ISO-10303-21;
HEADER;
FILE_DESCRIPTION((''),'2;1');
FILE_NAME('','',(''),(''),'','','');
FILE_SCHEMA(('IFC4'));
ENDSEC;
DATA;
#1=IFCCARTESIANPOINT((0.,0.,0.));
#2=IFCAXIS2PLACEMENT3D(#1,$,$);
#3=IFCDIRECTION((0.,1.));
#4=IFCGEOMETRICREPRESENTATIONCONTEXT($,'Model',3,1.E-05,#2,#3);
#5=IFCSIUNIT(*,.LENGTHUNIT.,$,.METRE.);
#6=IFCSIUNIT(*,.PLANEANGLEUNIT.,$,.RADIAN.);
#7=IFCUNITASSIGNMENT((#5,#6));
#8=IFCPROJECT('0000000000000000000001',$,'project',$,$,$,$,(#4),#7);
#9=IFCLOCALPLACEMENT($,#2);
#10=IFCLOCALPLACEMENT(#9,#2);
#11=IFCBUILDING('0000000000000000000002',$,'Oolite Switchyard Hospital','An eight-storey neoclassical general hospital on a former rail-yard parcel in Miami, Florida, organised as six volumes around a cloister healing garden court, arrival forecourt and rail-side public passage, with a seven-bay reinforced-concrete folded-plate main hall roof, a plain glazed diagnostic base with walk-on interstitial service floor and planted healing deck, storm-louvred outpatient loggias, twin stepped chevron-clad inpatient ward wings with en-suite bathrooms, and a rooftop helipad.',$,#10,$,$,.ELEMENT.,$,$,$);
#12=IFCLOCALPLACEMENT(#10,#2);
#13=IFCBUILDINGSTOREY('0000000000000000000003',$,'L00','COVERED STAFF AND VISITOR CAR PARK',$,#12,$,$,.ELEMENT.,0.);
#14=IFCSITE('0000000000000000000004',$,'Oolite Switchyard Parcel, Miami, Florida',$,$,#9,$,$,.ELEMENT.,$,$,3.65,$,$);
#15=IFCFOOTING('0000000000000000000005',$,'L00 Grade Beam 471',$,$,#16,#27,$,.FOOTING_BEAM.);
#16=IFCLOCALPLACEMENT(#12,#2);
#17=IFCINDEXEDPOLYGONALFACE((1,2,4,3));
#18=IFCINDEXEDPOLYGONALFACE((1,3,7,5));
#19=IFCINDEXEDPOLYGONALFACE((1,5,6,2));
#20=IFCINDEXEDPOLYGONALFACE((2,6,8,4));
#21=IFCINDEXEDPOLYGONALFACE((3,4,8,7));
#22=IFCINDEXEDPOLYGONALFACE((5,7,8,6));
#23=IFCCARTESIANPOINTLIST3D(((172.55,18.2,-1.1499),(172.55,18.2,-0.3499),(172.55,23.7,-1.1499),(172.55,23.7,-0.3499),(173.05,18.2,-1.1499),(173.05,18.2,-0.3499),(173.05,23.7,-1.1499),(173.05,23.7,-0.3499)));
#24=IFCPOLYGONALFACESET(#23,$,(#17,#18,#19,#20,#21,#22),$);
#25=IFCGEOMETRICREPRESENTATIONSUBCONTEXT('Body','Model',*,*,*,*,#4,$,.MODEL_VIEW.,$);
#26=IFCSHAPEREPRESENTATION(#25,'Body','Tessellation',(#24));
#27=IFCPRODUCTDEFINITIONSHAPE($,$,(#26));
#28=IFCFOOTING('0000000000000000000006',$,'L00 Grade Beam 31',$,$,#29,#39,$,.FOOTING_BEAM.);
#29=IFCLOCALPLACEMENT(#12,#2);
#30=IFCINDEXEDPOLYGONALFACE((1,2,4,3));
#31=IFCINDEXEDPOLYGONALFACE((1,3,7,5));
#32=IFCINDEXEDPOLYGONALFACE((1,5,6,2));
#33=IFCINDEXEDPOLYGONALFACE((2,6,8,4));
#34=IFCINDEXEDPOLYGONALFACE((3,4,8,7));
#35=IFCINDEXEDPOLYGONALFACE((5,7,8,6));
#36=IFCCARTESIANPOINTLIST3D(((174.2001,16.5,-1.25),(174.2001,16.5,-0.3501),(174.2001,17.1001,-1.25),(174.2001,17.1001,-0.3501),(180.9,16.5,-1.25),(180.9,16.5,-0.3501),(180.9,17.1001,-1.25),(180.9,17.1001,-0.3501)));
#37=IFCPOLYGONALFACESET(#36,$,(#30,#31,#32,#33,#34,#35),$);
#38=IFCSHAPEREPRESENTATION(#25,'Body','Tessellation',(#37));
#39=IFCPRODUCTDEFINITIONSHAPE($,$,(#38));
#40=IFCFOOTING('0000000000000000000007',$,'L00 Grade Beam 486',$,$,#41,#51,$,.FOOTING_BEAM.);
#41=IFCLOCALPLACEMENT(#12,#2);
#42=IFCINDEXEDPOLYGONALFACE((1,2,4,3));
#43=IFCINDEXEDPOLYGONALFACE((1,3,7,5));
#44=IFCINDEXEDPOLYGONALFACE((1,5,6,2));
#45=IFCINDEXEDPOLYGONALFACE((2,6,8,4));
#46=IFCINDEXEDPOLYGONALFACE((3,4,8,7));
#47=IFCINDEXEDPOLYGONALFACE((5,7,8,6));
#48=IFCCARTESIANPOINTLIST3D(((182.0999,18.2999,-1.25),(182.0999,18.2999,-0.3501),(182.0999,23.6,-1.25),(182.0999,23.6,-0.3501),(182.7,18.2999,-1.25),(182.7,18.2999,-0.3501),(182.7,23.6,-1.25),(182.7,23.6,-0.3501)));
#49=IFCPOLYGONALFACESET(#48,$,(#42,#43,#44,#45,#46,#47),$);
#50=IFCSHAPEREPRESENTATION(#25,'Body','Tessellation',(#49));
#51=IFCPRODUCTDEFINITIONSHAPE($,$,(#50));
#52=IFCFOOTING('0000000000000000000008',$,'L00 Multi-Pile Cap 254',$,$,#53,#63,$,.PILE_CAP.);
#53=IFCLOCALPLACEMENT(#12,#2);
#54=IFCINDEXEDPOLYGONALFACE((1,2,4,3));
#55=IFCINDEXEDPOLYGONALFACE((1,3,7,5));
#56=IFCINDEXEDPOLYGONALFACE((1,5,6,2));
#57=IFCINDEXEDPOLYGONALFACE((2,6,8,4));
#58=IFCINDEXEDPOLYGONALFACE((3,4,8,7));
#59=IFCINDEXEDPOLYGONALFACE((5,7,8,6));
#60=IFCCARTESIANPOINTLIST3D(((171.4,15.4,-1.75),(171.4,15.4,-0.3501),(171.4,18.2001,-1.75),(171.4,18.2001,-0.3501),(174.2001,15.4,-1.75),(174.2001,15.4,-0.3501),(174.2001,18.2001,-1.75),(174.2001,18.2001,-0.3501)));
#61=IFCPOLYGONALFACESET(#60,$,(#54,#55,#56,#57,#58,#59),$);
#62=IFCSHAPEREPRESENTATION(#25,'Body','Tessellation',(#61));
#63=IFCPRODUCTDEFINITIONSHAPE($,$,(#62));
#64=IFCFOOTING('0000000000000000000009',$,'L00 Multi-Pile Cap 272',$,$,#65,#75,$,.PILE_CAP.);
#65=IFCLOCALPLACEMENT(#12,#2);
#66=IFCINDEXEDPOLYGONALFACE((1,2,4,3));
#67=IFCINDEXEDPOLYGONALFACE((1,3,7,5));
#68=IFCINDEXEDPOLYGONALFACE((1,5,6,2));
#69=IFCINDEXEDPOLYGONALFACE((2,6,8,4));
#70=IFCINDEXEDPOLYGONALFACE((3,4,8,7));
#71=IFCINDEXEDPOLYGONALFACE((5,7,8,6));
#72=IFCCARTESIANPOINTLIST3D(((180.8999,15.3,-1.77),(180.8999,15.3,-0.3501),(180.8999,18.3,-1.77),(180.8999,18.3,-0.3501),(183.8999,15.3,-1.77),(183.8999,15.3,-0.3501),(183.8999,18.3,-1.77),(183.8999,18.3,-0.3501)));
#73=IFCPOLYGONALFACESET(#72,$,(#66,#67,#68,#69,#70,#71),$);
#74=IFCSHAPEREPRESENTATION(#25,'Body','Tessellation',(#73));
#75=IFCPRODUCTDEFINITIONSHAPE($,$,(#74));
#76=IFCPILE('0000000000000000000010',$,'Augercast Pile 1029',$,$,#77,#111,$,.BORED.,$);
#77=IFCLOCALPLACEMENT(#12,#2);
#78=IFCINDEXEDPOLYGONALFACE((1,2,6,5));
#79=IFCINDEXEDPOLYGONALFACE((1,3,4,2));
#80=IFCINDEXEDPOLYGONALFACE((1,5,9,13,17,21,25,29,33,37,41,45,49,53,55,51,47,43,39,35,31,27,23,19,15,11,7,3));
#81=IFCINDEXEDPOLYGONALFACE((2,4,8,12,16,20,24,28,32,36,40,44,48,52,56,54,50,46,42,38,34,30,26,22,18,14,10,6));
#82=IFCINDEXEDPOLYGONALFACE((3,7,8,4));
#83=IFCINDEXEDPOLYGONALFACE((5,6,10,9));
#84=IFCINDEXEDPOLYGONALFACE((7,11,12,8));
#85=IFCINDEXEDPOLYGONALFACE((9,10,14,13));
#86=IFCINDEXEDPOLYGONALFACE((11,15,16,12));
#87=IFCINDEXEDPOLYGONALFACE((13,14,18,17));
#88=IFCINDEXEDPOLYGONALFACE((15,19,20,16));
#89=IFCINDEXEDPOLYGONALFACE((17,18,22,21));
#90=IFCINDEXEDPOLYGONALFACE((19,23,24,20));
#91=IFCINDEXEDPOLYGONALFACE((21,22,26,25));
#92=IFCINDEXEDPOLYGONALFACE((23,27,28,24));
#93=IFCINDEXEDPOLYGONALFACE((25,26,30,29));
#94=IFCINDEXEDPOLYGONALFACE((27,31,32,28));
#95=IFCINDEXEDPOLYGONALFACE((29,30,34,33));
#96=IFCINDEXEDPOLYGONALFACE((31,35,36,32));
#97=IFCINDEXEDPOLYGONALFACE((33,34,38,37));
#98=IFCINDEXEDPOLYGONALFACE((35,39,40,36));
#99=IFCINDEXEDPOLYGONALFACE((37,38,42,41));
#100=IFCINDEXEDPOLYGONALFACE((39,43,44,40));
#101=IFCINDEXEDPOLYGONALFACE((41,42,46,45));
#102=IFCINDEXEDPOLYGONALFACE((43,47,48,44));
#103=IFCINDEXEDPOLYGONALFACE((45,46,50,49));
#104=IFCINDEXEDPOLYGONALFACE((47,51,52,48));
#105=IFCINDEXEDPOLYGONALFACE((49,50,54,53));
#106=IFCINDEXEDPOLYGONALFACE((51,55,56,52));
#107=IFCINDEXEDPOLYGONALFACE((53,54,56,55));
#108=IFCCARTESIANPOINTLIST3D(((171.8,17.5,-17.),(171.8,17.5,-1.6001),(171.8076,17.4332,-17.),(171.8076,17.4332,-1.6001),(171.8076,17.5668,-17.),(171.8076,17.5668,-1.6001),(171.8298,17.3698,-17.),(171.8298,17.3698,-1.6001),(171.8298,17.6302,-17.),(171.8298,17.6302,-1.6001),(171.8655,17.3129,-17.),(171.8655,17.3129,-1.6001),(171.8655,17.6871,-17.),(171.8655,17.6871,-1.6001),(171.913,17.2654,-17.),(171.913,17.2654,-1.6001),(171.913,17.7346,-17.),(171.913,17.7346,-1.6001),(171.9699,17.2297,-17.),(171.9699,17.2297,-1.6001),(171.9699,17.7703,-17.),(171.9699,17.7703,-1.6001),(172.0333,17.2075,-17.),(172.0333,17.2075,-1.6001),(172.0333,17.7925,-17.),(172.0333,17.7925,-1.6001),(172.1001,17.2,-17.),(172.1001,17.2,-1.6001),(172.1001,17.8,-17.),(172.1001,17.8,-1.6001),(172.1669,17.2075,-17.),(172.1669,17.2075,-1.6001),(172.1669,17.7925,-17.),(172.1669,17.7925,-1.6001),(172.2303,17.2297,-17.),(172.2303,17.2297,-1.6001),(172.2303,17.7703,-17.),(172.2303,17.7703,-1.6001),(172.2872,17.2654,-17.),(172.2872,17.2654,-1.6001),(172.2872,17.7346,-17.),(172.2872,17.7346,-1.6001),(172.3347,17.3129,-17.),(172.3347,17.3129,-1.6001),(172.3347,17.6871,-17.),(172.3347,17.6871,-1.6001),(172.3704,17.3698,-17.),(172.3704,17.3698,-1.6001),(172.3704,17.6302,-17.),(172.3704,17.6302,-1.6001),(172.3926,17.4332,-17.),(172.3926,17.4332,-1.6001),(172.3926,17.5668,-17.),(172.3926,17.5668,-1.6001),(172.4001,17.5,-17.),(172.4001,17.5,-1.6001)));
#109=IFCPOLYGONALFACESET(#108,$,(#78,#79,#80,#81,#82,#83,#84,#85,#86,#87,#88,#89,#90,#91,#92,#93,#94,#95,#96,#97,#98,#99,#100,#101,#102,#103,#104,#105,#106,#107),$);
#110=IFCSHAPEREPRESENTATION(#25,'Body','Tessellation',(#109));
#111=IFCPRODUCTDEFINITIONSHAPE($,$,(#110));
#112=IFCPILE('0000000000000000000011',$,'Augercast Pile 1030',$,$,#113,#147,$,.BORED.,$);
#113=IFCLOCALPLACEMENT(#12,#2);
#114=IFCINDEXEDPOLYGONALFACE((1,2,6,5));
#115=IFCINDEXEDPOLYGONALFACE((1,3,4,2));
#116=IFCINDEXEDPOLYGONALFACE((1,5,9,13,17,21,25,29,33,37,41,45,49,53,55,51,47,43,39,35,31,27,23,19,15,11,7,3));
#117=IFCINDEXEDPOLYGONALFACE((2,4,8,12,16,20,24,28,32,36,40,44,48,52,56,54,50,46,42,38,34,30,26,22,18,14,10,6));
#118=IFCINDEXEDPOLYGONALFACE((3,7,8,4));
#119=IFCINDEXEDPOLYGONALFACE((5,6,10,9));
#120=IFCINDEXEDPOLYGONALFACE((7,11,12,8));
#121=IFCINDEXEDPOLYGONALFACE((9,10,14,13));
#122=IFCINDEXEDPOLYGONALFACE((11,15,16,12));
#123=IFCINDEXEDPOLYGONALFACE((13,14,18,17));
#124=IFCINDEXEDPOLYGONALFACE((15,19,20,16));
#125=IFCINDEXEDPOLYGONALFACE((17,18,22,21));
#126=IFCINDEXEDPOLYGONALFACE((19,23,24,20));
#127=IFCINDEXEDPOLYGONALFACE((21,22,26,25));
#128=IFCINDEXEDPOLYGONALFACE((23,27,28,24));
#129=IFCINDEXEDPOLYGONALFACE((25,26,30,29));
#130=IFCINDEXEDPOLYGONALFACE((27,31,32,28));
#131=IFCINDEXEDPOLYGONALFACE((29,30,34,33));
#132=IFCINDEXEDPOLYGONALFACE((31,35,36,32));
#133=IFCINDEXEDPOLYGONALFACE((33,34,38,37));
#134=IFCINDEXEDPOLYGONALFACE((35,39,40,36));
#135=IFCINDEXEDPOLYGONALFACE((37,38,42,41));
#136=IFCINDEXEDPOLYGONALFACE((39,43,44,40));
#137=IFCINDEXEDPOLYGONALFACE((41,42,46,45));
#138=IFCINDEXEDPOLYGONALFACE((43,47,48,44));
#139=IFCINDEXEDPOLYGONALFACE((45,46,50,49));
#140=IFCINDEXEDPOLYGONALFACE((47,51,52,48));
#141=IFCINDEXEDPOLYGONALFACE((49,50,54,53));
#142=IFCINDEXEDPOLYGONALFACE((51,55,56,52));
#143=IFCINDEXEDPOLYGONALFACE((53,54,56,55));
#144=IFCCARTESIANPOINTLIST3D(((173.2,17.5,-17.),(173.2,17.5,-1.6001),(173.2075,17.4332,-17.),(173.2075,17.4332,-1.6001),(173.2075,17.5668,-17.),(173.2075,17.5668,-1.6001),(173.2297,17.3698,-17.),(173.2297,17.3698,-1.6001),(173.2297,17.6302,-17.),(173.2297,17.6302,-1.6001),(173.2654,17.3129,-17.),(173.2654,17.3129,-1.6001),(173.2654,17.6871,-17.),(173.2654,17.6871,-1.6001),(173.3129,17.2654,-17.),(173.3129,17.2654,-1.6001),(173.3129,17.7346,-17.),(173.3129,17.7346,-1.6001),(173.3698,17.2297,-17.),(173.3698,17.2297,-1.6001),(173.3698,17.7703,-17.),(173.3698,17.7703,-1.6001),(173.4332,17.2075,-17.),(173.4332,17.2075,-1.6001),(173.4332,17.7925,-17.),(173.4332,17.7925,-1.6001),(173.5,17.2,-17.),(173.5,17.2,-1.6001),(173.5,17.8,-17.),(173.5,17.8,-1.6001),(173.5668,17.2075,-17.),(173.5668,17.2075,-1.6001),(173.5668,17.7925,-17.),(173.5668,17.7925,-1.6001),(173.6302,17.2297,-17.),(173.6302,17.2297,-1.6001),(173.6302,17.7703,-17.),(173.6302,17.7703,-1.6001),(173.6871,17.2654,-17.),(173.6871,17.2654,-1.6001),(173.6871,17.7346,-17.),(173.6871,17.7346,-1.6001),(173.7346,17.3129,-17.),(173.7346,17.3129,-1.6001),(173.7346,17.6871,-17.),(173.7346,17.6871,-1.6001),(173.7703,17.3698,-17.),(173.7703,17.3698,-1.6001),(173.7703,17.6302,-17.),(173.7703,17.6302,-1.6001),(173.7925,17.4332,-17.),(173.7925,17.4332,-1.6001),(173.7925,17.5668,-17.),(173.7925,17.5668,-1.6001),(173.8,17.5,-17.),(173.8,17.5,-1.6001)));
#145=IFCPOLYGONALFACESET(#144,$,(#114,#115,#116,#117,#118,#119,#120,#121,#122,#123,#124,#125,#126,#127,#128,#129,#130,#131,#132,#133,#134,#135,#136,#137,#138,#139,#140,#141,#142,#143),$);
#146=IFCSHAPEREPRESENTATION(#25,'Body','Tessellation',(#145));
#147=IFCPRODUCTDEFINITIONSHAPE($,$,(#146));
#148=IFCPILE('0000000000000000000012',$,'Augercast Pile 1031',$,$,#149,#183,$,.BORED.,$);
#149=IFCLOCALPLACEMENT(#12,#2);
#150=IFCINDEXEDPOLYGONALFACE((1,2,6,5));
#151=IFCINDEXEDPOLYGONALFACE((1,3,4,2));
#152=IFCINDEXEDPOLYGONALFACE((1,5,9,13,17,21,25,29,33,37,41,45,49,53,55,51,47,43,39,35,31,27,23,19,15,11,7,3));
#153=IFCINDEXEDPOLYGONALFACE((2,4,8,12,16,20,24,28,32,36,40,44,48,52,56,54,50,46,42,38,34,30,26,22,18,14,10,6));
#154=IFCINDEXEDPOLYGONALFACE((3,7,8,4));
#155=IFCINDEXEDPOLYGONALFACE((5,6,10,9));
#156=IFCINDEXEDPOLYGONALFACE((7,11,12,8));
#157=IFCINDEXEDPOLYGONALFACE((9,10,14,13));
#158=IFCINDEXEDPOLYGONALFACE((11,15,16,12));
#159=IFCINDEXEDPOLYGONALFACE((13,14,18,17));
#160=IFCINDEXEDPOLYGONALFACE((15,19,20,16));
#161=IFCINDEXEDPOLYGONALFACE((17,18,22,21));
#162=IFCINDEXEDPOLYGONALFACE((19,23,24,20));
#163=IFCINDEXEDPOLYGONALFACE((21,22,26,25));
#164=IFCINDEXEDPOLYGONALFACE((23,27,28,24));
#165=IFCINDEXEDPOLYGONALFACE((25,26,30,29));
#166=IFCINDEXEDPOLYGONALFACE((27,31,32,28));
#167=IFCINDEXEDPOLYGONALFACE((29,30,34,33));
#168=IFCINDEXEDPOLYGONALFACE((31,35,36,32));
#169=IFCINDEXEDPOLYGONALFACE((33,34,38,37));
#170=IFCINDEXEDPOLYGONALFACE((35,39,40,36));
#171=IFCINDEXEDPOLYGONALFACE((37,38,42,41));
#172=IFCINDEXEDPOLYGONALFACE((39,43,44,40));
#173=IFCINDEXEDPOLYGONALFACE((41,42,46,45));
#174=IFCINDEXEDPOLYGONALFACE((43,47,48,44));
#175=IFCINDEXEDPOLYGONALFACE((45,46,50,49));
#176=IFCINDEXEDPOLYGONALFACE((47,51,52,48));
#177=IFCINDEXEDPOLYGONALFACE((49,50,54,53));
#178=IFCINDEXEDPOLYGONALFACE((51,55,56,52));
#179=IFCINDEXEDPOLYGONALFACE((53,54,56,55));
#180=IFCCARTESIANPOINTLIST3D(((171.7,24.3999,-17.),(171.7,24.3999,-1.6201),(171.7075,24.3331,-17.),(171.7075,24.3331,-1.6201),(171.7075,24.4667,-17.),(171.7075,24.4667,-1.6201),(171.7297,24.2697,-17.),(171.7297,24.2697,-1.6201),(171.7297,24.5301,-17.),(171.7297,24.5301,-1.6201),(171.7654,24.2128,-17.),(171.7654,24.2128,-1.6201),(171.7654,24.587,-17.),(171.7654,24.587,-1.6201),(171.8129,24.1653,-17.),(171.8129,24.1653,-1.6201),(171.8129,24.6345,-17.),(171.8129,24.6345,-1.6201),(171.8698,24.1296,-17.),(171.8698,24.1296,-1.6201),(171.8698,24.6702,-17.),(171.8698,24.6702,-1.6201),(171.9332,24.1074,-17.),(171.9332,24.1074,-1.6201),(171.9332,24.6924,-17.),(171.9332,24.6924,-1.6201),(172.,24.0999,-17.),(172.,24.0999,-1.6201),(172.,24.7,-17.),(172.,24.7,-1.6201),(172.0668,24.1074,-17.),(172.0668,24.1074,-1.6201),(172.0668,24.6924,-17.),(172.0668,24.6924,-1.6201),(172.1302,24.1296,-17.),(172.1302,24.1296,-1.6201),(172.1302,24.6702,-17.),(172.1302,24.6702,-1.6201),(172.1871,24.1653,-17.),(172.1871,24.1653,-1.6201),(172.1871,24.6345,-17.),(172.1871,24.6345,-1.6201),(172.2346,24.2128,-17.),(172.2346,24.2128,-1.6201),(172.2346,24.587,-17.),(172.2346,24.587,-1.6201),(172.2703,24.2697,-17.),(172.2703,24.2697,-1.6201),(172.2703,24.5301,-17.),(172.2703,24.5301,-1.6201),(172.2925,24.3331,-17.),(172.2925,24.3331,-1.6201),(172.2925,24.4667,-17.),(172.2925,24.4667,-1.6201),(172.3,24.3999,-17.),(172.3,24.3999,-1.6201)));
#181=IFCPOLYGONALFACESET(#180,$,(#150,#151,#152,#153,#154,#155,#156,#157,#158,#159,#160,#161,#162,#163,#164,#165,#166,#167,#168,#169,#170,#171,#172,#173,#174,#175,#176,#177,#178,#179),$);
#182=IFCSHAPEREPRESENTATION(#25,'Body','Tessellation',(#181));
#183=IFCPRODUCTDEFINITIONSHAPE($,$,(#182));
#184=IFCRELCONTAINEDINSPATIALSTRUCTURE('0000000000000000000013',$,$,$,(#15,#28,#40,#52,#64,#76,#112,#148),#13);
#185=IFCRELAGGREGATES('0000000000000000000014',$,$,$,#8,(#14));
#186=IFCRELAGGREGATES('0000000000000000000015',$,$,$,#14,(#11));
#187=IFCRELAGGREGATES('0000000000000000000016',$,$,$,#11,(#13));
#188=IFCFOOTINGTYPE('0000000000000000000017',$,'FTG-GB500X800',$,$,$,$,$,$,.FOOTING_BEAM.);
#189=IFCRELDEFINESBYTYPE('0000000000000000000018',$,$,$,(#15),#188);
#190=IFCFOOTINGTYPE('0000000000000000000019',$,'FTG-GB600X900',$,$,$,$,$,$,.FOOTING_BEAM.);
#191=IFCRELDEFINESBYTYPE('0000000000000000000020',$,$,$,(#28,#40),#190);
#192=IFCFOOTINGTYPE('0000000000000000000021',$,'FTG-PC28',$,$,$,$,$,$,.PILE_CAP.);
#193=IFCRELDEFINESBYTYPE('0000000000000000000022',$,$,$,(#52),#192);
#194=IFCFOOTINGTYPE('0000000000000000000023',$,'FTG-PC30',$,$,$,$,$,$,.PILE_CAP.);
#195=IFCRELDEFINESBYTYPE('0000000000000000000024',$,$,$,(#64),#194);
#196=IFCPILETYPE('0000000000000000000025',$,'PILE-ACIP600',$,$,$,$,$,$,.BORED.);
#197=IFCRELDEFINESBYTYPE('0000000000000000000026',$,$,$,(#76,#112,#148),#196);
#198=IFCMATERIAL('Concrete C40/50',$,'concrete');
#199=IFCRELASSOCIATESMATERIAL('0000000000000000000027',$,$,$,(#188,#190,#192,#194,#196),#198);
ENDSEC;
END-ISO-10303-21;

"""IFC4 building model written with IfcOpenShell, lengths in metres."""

from ifc_helpers import new_model, si_unit, direction, frame, origin, origin_2d, place, context, subcontext, project, spatial, rectangle, circle, extrude, material, material_profile, profile_set, type_object, element, save


model = new_model("IFC4")

# Units and contexts
model_context = context("Model", 3, precision=1e-05, world=origin(), true_north=direction((0.0, 1.0)))
body_context = subcontext(model_context, "Body", "Model", "MODEL_VIEW")
ifc_project = project(units=[si_unit("LENGTHUNIT", "METRE"), si_unit("PLANEANGLEUNIT", "RADIAN")], contexts=[model_context])

# Site, building, storey
site_placement = place(None, origin())
site = spatial("IfcSite", under=ifc_project, at=site_placement, Name="Oolite Switchyard Parcel, Miami, Florida", CompositionType="ELEMENT", RefElevation=3.65)
building_placement = place(site_placement, origin())
building = spatial("IfcBuilding", under=site, at=building_placement, Name="Oolite Switchyard Hospital", Description="An eight-storey neoclassical general hospital on a former rail-yard parcel in Miami, Florida, organised as six volumes around a cloister healing garden court, arrival forecourt and rail-side public passage, with a seven-bay reinforced-concrete folded-plate main hall roof, a plain glazed diagnostic base with walk-on interstitial service floor and planted healing deck, storm-louvred outpatient loggias, twin stepped chevron-clad inpatient ward wings with en-suite bathrooms, and a rooftop helipad.", CompositionType="ELEMENT")
storey_placement = place(building_placement, origin())
storey = spatial("IfcBuildingStorey", under=building, at=storey_placement, Name="L00", Description="COVERED STAFF AND VISITOR CAR PARK", CompositionType="ELEMENT", Elevation=0.0)

# Footings
ifc_material_1 = material(Name="Concrete C40/50", Category="concrete")
footing_type_1 = type_object("IfcFootingType", Name="FTG-GB500X800", PredefinedType="FOOTING_BEAM", material=ifc_material_1)
footing_1_placement = place(storey_placement, frame((172.8, 20.95, -1.1499), z_axis=(0.0, 0.0, 1.0), x_axis=(0.0, 1.0, 0.0)))
element("IfcFooting", 1, at=footing_1_placement, inside=storey, type_object=footing_type_1, Name="L00 Grade Beam 471", PredefinedType="FOOTING_BEAM", context=body_context, shape_type="SweptSolid", body=[
    extrude(rectangle(XDim=5.5, YDim=0.5, at=origin_2d()), origin(), (0.0, 0.0, 1.0), 0.8),
])
footing_type_2 = type_object("IfcFootingType", Name="FTG-GB600X900", PredefinedType="FOOTING_BEAM", material=ifc_material_1)
footing_2_placement = place(storey_placement, frame((177.55, 16.8, -1.25), z_axis=(0.0, 0.0, 1.0), x_axis=(1.0, 0.0, 0.0)))
element("IfcFooting", 2, at=footing_2_placement, inside=storey, type_object=footing_type_2, Name="L00 Grade Beam 31", PredefinedType="FOOTING_BEAM", context=body_context, shape_type="SweptSolid", body=[
    extrude(rectangle(XDim=6.7, YDim=0.6001, at=origin_2d()), origin(), (0.0, 0.0, 1.0), 0.8999),
])
footing_3_placement = place(storey_placement, frame((182.3999, 20.95, -1.25), z_axis=(0.0, 0.0, 1.0), x_axis=(0.0, 1.0, 0.0)))
element("IfcFooting", 3, at=footing_3_placement, inside=storey, type_object=footing_type_2, Name="L00 Grade Beam 486", PredefinedType="FOOTING_BEAM", context=body_context, shape_type="SweptSolid", body=[
    extrude(rectangle(XDim=5.3, YDim=0.6001, at=origin_2d()), origin(), (0.0, 0.0, 1.0), 0.8999),
])
footing_type_3 = type_object("IfcFootingType", Name="FTG-PC28", PredefinedType="PILE_CAP", material=ifc_material_1)
footing_4_placement = place(storey_placement, frame((172.8, 16.8, -1.75), z_axis=(0.0, 0.0, 1.0), x_axis=(1.0, 0.0, 0.0)))
element("IfcFooting", 4, at=footing_4_placement, inside=storey, type_object=footing_type_3, Name="L00 Multi-Pile Cap 254", PredefinedType="PILE_CAP", context=body_context, shape_type="SweptSolid", body=[
    extrude(rectangle(XDim=2.8, YDim=2.8, at=origin_2d()), origin(), (0.0, 0.0, 1.0), 1.3999),
])
footing_type_4 = type_object("IfcFootingType", Name="FTG-PC30", PredefinedType="PILE_CAP", material=ifc_material_1)
footing_5_placement = place(storey_placement, frame((182.3999, 16.8, -1.77), z_axis=(0.0, 0.0, 1.0), x_axis=(1.0, 0.0, 0.0)))
element("IfcFooting", 5, at=footing_5_placement, inside=storey, type_object=footing_type_4, Name="L00 Multi-Pile Cap 272", PredefinedType="PILE_CAP", context=body_context, shape_type="SweptSolid", body=[
    extrude(rectangle(XDim=3.0, YDim=3.0, at=origin_2d()), origin(), (0.0, 0.0, 1.0), 1.4199),
])

# Piles
ifc_material_profile_1 = material_profile(ifc_material_1, circle(Radius=0.3, at=origin_2d()), Name="PILE600")
ifc_profile_set_1 = profile_set([ifc_material_profile_1], Name="Concrete C40/50")
pile_type = type_object("IfcPileType", Name="PILE-ACIP600", PredefinedType="BORED", material=ifc_profile_set_1)
for number, where, z_axis, x_axis, name in (
    (6, (172.1001, 17.5, -1.6001), (0.0, 0.0, -1.0), (1.0, 0.0, 0.0), "Augercast Pile 1029"),
    (7, (173.5, 17.5, -1.6001), (0.0, 0.0, -1.0), (1.0, 0.0, 0.0), "Augercast Pile 1030"),
):
    element("IfcPile", number, at=place(storey_placement, frame(where, z_axis=z_axis, x_axis=x_axis)), inside=storey, type_object=pile_type, Name=name, PredefinedType="BORED", context=body_context, shape_type="SweptSolid", body=[
        extrude(circle(Radius=0.3, at=origin_2d()), origin(), (0.0, 0.0, 1.0), 15.3999),
    ])
for number, where, z_axis, x_axis, name in (
    (8, (172.0, 24.3999, -1.6201), (0.0, 0.0, -1.0), (1.0, 0.0, 0.0), "Augercast Pile 1031"),
):
    element("IfcPile", number, at=place(storey_placement, frame(where, z_axis=z_axis, x_axis=x_axis)), inside=storey, type_object=pile_type, Name=name, PredefinedType="BORED", context=body_context, shape_type="SweptSolid", body=[
        extrude(circle(Radius=0.3, at=origin_2d()), origin(), (0.0, 0.0, 1.0), 15.3799),
    ])

save(model, "model.ifc")
